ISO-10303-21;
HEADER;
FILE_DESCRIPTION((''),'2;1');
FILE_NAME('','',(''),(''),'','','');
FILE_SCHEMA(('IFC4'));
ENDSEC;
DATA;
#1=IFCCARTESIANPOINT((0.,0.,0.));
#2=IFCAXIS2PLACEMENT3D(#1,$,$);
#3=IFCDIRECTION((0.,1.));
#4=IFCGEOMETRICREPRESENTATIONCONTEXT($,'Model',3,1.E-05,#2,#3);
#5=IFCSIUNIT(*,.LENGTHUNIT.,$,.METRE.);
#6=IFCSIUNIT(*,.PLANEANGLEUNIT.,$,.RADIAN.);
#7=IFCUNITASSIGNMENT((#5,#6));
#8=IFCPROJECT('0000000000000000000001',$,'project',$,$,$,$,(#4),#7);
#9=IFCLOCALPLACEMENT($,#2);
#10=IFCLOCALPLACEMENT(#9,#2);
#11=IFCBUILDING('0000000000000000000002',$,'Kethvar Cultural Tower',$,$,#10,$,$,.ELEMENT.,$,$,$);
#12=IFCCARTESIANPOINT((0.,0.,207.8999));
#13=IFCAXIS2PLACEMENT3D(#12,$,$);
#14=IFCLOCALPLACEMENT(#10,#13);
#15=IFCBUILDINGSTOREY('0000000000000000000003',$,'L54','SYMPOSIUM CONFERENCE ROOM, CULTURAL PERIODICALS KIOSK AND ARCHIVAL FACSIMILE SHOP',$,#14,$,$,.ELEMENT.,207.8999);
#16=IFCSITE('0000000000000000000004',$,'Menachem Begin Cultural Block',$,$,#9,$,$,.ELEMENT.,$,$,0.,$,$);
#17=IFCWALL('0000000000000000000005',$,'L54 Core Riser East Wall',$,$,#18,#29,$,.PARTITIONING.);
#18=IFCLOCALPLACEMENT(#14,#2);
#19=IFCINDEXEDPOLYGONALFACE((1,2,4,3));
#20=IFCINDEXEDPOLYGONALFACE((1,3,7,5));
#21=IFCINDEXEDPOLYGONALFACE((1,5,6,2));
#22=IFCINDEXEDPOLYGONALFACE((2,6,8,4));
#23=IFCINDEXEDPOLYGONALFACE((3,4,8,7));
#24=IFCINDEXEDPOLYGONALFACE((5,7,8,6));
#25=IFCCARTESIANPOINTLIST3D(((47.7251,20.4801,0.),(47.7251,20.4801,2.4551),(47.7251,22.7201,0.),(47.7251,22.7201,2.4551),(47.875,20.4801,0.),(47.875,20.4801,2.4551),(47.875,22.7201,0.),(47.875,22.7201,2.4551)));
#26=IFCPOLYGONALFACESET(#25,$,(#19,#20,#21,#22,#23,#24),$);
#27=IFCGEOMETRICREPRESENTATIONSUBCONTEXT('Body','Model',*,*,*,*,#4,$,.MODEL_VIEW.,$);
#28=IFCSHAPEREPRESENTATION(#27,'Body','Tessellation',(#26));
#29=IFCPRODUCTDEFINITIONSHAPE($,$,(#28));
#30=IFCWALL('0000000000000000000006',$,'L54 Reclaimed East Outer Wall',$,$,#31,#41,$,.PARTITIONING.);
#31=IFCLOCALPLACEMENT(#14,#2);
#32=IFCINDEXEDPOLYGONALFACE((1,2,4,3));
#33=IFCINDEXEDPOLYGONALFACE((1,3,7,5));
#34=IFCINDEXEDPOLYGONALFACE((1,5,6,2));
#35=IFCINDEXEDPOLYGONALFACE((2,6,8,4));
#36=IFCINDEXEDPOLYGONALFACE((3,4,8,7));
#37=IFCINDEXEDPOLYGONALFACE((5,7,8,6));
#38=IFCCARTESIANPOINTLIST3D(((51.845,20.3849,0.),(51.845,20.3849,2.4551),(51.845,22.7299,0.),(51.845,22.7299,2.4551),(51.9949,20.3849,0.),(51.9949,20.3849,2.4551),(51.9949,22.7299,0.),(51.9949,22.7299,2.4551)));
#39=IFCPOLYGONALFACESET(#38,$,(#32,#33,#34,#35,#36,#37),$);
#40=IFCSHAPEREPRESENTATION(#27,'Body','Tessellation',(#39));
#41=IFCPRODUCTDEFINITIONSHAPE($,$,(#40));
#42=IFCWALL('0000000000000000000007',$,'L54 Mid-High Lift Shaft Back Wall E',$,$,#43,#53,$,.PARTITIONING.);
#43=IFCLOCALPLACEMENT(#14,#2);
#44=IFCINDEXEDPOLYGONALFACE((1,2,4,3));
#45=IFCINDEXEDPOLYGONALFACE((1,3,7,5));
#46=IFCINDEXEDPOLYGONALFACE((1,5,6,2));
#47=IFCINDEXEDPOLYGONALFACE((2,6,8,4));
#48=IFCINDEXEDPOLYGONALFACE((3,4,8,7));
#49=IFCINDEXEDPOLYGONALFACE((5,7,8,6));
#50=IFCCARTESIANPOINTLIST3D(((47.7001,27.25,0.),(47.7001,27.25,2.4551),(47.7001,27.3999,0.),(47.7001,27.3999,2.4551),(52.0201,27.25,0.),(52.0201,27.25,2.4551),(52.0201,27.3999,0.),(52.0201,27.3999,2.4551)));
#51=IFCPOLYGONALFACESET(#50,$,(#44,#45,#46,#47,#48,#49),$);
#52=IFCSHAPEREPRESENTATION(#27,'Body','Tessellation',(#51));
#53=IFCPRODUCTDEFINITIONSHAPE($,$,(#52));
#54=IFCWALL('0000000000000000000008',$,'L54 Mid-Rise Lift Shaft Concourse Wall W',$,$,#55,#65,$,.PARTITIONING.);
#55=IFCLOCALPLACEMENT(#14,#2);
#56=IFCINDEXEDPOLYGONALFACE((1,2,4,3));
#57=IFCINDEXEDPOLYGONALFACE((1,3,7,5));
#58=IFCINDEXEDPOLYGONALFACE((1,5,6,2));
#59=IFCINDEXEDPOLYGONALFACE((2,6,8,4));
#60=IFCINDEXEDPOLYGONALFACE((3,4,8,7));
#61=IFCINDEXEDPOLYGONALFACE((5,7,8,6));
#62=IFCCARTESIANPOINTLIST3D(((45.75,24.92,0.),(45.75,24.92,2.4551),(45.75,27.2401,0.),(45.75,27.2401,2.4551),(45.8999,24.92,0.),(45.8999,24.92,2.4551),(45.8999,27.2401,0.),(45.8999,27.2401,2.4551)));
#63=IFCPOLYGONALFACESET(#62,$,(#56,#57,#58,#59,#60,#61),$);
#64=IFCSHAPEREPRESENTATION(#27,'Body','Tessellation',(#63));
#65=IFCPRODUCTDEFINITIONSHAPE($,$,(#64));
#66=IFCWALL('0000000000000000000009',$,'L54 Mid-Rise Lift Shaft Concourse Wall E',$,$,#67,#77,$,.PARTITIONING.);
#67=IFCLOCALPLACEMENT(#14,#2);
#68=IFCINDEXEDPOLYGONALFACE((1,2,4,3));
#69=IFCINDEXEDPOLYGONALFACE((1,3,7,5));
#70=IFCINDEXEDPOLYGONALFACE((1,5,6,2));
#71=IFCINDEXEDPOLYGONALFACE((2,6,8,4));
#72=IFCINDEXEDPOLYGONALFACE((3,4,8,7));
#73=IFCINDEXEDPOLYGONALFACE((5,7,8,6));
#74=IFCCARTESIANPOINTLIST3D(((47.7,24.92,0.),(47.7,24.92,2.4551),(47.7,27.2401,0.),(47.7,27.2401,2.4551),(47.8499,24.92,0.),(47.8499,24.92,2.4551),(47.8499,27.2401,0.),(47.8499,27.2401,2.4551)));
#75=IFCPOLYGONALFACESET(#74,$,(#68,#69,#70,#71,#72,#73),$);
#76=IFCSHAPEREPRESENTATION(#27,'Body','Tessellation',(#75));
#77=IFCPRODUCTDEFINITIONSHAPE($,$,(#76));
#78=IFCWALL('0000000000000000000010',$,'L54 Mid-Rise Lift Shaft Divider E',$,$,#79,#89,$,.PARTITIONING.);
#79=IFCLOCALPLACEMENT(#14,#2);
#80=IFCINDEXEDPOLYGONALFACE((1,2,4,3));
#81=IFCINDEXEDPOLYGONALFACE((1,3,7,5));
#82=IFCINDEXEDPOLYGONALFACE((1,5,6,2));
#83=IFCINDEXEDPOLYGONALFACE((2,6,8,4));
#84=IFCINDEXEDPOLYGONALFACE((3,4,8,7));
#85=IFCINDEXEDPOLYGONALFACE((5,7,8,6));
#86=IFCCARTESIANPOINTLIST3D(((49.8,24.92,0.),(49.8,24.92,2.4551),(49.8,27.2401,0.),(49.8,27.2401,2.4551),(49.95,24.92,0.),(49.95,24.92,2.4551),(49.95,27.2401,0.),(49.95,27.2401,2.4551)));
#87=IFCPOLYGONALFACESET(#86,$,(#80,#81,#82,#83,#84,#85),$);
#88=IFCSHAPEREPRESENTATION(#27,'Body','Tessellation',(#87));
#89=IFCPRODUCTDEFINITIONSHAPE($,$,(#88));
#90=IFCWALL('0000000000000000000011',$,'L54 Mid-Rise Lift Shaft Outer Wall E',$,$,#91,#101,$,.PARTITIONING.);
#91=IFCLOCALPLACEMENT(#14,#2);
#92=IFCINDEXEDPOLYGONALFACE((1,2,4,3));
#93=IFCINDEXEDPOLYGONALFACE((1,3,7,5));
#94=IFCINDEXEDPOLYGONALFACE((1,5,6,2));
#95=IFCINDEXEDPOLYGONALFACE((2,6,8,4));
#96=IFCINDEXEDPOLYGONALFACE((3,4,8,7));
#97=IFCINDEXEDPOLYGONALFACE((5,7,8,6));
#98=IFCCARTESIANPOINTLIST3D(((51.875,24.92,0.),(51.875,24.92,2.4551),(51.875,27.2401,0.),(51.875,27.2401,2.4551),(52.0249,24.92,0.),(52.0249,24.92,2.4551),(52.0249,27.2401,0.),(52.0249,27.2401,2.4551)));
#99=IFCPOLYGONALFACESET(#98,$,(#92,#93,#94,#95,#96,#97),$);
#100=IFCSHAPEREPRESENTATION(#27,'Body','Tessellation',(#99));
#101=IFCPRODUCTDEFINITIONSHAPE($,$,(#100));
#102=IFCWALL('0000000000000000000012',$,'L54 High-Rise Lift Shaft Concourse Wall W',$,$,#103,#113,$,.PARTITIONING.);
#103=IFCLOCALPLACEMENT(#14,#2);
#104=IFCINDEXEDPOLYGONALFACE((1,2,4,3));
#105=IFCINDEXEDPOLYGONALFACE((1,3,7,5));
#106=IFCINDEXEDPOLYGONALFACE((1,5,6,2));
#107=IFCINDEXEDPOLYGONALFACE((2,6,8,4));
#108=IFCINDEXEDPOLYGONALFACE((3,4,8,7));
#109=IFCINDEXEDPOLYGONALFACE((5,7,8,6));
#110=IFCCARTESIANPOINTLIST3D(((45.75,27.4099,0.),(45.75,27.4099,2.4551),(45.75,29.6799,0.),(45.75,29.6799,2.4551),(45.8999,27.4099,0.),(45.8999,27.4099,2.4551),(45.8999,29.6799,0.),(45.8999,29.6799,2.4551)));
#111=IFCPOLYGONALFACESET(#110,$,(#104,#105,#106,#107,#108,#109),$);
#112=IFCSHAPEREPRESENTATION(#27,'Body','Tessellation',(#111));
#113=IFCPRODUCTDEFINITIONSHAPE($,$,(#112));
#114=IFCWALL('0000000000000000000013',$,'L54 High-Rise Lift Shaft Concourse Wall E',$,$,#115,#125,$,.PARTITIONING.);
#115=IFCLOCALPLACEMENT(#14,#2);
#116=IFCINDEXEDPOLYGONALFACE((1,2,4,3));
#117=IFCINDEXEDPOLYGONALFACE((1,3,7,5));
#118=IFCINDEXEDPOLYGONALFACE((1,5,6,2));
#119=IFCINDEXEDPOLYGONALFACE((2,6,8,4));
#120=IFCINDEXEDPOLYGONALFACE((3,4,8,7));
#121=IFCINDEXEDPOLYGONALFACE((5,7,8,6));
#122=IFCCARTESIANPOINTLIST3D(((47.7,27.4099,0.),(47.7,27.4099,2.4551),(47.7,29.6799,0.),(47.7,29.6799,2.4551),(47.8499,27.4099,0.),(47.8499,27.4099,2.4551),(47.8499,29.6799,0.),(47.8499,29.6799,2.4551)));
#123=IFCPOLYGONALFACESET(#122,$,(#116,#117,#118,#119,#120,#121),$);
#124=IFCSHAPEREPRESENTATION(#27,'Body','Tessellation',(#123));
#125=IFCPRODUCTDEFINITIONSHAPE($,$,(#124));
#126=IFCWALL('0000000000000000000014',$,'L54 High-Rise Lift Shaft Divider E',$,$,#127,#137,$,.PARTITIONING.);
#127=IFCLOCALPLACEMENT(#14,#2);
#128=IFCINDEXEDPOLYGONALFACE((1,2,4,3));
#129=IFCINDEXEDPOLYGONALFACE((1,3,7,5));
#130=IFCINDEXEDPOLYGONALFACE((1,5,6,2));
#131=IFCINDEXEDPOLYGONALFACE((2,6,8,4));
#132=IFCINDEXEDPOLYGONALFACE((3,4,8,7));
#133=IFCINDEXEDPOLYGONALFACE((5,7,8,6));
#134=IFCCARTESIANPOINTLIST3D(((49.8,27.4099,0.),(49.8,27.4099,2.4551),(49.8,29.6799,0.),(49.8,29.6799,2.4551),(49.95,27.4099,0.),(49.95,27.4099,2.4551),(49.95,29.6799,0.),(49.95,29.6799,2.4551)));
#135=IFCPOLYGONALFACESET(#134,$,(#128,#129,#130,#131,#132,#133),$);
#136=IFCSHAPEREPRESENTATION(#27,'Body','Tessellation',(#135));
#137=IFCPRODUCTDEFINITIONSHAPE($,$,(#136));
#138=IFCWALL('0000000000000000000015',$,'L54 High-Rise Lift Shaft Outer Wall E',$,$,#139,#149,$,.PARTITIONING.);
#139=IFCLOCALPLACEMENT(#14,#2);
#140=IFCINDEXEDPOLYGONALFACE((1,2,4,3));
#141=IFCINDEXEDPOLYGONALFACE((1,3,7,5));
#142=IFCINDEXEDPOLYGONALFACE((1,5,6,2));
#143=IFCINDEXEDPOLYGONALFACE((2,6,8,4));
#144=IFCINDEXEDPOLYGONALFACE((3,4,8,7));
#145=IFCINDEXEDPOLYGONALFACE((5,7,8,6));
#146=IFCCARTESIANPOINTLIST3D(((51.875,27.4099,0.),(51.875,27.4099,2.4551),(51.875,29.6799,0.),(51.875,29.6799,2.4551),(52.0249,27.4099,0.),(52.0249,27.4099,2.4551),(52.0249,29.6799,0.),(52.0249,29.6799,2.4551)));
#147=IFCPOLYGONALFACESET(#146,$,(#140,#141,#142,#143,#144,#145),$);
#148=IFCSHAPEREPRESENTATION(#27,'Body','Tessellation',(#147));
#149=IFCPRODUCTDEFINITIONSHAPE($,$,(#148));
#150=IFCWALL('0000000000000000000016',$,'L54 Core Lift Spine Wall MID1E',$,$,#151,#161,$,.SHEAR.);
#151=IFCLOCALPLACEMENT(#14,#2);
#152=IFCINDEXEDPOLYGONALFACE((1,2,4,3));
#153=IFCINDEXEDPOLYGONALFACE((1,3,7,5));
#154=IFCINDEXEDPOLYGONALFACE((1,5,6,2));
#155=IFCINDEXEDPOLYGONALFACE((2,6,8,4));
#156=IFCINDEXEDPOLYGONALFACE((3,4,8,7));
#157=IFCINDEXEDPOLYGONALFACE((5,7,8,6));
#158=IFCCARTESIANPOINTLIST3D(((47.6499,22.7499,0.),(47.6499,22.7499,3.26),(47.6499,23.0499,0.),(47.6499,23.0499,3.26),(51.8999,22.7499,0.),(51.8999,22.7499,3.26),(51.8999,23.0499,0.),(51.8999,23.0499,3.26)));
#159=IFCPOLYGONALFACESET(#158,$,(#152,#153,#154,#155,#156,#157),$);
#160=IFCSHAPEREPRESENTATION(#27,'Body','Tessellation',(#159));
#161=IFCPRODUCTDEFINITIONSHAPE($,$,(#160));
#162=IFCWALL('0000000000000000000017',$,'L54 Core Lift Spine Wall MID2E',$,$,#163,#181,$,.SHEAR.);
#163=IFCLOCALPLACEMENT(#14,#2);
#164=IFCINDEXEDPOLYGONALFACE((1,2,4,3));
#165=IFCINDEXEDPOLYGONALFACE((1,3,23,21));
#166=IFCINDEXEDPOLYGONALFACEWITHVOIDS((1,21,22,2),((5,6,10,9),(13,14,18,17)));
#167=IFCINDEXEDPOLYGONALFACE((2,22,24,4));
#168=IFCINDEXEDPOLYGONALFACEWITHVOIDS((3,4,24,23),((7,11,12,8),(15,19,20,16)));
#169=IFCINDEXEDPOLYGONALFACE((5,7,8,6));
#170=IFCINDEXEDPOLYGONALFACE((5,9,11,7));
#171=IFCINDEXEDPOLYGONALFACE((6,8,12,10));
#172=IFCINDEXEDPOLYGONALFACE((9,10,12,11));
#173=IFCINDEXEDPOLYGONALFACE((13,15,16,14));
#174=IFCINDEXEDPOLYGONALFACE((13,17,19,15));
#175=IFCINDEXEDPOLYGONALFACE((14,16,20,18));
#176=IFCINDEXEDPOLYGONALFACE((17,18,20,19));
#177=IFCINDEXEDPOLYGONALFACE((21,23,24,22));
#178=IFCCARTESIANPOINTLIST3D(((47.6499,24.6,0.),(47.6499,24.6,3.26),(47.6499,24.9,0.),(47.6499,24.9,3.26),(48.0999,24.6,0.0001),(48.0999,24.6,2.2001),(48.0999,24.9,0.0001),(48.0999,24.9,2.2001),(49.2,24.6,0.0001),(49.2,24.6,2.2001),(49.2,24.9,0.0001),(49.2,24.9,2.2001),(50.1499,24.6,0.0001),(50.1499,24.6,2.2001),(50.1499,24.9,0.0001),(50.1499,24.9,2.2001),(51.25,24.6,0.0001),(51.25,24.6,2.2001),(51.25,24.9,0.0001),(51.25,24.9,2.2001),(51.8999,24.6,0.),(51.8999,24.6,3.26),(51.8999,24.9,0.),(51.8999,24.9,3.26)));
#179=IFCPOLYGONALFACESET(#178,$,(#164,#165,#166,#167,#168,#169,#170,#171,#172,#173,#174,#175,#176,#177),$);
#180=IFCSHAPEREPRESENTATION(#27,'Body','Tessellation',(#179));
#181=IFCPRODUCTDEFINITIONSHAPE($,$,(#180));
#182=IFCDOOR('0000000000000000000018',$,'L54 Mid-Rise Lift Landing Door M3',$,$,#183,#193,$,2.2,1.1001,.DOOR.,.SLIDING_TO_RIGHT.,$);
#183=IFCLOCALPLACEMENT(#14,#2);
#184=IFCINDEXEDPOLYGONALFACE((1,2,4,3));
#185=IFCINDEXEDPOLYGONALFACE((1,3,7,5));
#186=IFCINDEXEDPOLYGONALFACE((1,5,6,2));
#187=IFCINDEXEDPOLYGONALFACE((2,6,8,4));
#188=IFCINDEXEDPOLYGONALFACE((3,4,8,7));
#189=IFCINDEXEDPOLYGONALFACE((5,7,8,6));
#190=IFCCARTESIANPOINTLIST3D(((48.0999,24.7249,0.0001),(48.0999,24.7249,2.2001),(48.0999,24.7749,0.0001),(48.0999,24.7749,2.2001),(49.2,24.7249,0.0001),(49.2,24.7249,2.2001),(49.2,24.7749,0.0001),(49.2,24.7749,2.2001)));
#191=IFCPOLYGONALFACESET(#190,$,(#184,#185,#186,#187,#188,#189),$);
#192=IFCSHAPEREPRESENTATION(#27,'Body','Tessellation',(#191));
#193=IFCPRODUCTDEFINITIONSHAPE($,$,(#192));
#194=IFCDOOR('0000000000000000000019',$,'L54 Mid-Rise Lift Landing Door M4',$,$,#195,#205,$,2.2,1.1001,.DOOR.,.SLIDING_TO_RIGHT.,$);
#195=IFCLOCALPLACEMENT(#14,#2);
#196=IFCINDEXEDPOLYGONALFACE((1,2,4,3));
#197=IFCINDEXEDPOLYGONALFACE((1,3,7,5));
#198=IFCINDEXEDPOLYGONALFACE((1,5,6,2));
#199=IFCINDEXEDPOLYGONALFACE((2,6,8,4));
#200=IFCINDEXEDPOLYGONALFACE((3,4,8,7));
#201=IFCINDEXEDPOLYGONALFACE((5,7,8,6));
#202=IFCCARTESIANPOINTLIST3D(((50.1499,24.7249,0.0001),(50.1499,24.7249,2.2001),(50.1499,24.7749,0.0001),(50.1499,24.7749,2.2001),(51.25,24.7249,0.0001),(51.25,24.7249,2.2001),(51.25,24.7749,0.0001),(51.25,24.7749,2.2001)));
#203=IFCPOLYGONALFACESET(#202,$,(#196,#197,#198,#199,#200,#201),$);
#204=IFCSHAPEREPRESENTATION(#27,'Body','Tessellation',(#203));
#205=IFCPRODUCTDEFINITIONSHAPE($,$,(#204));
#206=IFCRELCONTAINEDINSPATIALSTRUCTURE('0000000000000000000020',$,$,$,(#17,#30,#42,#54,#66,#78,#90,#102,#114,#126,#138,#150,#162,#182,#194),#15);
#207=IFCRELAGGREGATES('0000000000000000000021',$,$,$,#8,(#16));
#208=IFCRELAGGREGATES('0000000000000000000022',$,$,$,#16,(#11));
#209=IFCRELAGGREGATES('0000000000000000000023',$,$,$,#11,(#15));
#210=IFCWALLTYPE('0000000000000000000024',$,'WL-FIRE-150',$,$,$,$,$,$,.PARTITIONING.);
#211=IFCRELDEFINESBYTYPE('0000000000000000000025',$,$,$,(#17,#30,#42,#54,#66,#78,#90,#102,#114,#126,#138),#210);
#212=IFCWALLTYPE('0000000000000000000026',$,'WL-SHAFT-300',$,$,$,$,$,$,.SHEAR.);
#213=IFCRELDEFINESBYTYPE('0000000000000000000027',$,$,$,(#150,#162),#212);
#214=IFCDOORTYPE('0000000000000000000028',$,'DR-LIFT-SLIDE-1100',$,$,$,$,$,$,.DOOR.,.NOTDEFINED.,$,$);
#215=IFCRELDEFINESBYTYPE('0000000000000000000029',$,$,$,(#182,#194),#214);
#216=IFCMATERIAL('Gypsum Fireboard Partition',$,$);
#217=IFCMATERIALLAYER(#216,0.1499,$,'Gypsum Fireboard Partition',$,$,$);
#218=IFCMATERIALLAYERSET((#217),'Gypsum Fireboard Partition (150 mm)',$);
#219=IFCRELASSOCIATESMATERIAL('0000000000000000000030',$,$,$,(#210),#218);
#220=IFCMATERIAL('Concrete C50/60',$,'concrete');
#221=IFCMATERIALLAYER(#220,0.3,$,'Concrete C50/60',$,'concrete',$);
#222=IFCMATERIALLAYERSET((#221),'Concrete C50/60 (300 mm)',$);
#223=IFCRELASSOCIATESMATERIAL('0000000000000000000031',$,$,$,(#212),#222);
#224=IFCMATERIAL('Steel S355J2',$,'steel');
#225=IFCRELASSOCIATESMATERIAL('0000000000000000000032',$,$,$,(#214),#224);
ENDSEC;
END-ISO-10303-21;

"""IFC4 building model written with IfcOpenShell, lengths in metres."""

from ifc_helpers import new_model, si_unit, direction, frame, frame_2d, origin, place, context, subcontext, project, spatial, rectangle, extrude, source, transform, mapped, material, layer, layer_set, type_object, element, fill, save


model = new_model("IFC4")

# Units and contexts
model_context = context("Model", 3, precision=1e-05, world=origin(), true_north=direction((0.0, 1.0)))
body_context = subcontext(model_context, "Body", "Model", "MODEL_VIEW")
ifc_project = project(units=[si_unit("LENGTHUNIT", "METRE"), si_unit("PLANEANGLEUNIT", "RADIAN")], contexts=[model_context])

# Site, building, storey
site_placement = place(None, origin())
site = spatial("IfcSite", under=ifc_project, at=site_placement, Name="Menachem Begin Cultural Block", CompositionType="ELEMENT", RefElevation=0.0)
building_placement = place(site_placement, origin())
building = spatial("IfcBuilding", under=site, at=building_placement, Name="Kethvar Cultural Tower", CompositionType="ELEMENT")
storey_placement = place(building_placement, frame((0.0, 0.0, 207.8999)))
storey = spatial("IfcBuildingStorey", under=building, at=storey_placement, Name="L54", Description="SYMPOSIUM CONFERENCE ROOM, CULTURAL PERIODICALS KIOSK AND ARCHIVAL FACSIMILE SHOP", CompositionType="ELEMENT", Elevation=207.8999)

# Shared definitions
ifc_material_1 = material(Name="Steel S355J2", Category="steel")

# Walls
ifc_material_2 = material(Name="Gypsum Fireboard Partition")
ifc_layer_1 = layer(ifc_material_2, 0.1499, Name="Gypsum Fireboard Partition")
ifc_layer_set_1 = layer_set([ifc_layer_1], Name="Gypsum Fireboard Partition (150 mm)")
wall_type_1 = type_object("IfcWallType", Name="WL-FIRE-150", PredefinedType="PARTITIONING", material=ifc_layer_set_1)
wall_1_placement = place(storey_placement, frame((47.8, 20.48, 0.0), z_axis=(0.0, 0.0, 1.0), x_axis=(0.0, 1.0, 0.0)))
element("IfcWall", 1, at=wall_1_placement, inside=storey, type_object=wall_type_1, Name="L54 Core Riser East Wall", PredefinedType="PARTITIONING", context=body_context, shape_type="SweptSolid", body=[
    extrude(rectangle(XDim=2.24, YDim=0.1499, at=frame_2d((1.1201, 0.0))), origin(), (0.0, 0.0, 1.0), 2.4551),
])
wall_2_placement = place(storey_placement, frame((51.9199, 20.385, 0.0), z_axis=(0.0, 0.0, 1.0), x_axis=(0.0, 1.0, 0.0)))
element("IfcWall", 2, at=wall_2_placement, inside=storey, type_object=wall_type_1, Name="L54 Reclaimed East Outer Wall", PredefinedType="PARTITIONING", context=body_context, shape_type="SweptSolid", body=[
    extrude(rectangle(XDim=2.345, YDim=0.1499, at=frame_2d((1.1724, 0.0))), origin(), (0.0, 0.0, 1.0), 2.4551),
])
wall_3_placement = place(storey_placement, frame((47.7, 27.325, 0.0), z_axis=(0.0, 0.0, 1.0), x_axis=(1.0, 0.0, 0.0)))
element("IfcWall", 3, at=wall_3_placement, inside=storey, type_object=wall_type_1, Name="L54 Mid-High Lift Shaft Back Wall E", PredefinedType="PARTITIONING", context=body_context, shape_type="SweptSolid", body=[
    extrude(rectangle(XDim=4.3201, YDim=0.1499, at=frame_2d((2.1602, 0.0))), origin(), (0.0, 0.0, 1.0), 2.4551),
])
for number, where, z_axis, x_axis, name in (
    (4, (45.825, 24.9199, 0.0), (0.0, 0.0, 1.0), (0.0, 1.0, 0.0), "L54 Mid-Rise Lift Shaft Concourse Wall W"),
    (5, (47.7749, 24.9199, 0.0), (0.0, 0.0, 1.0), (0.0, 1.0, 0.0), "L54 Mid-Rise Lift Shaft Concourse Wall E"),
    (6, (49.875, 24.9199, 0.0), (0.0, 0.0, 1.0), (0.0, 1.0, 0.0), "L54 Mid-Rise Lift Shaft Divider E"),
    (7, (51.95, 24.9199, 0.0), (0.0, 0.0, 1.0), (0.0, 1.0, 0.0), "L54 Mid-Rise Lift Shaft Outer Wall E"),
):
    element("IfcWall", number, at=place(storey_placement, frame(where, z_axis=z_axis, x_axis=x_axis)), inside=storey, type_object=wall_type_1, Name=name, PredefinedType="PARTITIONING", context=body_context, shape_type="SweptSolid", body=[
        extrude(rectangle(XDim=2.3201, YDim=0.1499, at=frame_2d((1.1602, 0.0))), origin(), (0.0, 0.0, 1.0), 2.4551),
    ])
for number, where, z_axis, x_axis, name in (
    (8, (45.825, 27.4099, 0.0), (0.0, 0.0, 1.0), (0.0, 1.0, 0.0), "L54 High-Rise Lift Shaft Concourse Wall W"),
    (9, (47.7749, 27.4099, 0.0), (0.0, 0.0, 1.0), (0.0, 1.0, 0.0), "L54 High-Rise Lift Shaft Concourse Wall E"),
    (10, (49.875, 27.4099, 0.0), (0.0, 0.0, 1.0), (0.0, 1.0, 0.0), "L54 High-Rise Lift Shaft Divider E"),
    (11, (51.95, 27.4099, 0.0), (0.0, 0.0, 1.0), (0.0, 1.0, 0.0), "L54 High-Rise Lift Shaft Outer Wall E"),
):
    element("IfcWall", number, at=place(storey_placement, frame(where, z_axis=z_axis, x_axis=x_axis)), inside=storey, type_object=wall_type_1, Name=name, PredefinedType="PARTITIONING", context=body_context, shape_type="SweptSolid", body=[
        extrude(rectangle(XDim=2.27, YDim=0.1499, at=frame_2d((1.135, 0.0))), origin(), (0.0, 0.0, 1.0), 2.4551),
    ])
ifc_material_3 = material(Name="Concrete C50/60", Category="concrete")
ifc_layer_2 = layer(ifc_material_3, 0.3, Name="Concrete C50/60", Category="concrete")
ifc_layer_set_2 = layer_set([ifc_layer_2], Name="Concrete C50/60 (300 mm)")
wall_type_2 = type_object("IfcWallType", Name="WL-SHAFT-300", PredefinedType="SHEAR", material=ifc_layer_set_2)
wall_4_placement = place(storey_placement, frame((47.6499, 22.8999, 0.0), z_axis=(0.0, 0.0, 1.0), x_axis=(1.0, 0.0, 0.0)))
element("IfcWall", 12, at=wall_4_placement, inside=storey, type_object=wall_type_2, Name="L54 Core Lift Spine Wall MID1E", PredefinedType="SHEAR", context=body_context, shape_type="SweptSolid", body=[
    extrude(rectangle(XDim=4.25, YDim=0.3, at=frame_2d((2.125, 0.0))), origin(), (0.0, 0.0, 1.0), 3.26),
])

# Wall, openings, doors
wall_5_placement = place(storey_placement, frame((47.6499, 24.75, 0.0), z_axis=(0.0, 0.0, 1.0), x_axis=(1.0, 0.0, 0.0)))
wall_5 = element("IfcWall", 13, at=wall_5_placement, inside=storey, type_object=wall_type_2, Name="L54 Core Lift Spine Wall MID2E", PredefinedType="SHEAR", context=body_context, shape_type="SweptSolid", body=[
    extrude(rectangle(XDim=4.25, YDim=0.3, at=frame_2d((2.125, 0.0))), origin(), (0.0, 0.0, 1.0), 3.26),
])
opening_1_placement = place(wall_5_placement, frame((0.45, 0.0, 0.0)))
opening_1 = element("IfcOpeningElement", 14, at=opening_1_placement, cuts=wall_5, PredefinedType="OPENING", context=body_context, shape_type="SweptSolid", body=[
    extrude(rectangle(XDim=1.1001, YDim=2.2, at=frame_2d((0.55, 1.1001))), frame((0.0, 0.1599, 0.0), z_axis=(0.0, -1.0, 0.0), x_axis=(1.0, 0.0, 0.0)), (0.0, 0.0, 1.0), 0.3201),
])
opening_2_placement = place(wall_5_placement, frame((2.5, 0.0, 0.0)))
opening_2 = element("IfcOpeningElement", 15, at=opening_2_placement, cuts=wall_5, PredefinedType="OPENING", context=body_context, shape_type="SweptSolid", body=[
    extrude(rectangle(XDim=1.1001, YDim=2.2, at=frame_2d((0.55, 1.1001))), frame((0.0, 0.1599, 0.0), z_axis=(0.0, -1.0, 0.0), x_axis=(1.0, 0.0, 0.0)), (0.0, 0.0, 1.0), 0.3201),
])
door_type = type_object("IfcDoorType", Name="DR-LIFT-SLIDE-1100", OperationType="NOTDEFINED", PredefinedType="DOOR", material=ifc_material_1)
shared_shape_1 = source(origin(), body_context, "Body", "SweptSolid", [
    extrude(rectangle(XDim=1.1001, YDim=2.2, at=frame_2d((0.55, 1.1001))), frame((0.0, 0.0249, 0.0), z_axis=(0.0, -1.0, 0.0), x_axis=(1.0, 0.0, 0.0)), (0.0, 0.0, 1.0), 0.05),
])
door_1_placement = place(opening_1_placement, origin())
door_1 = element("IfcDoor", 16, at=door_1_placement, inside=storey, type_object=door_type, Name="L54 Mid-Rise Lift Landing Door M3", OperationType="SLIDING_TO_RIGHT", OverallHeight=2.2, OverallWidth=1.1001, PredefinedType="DOOR", context=body_context, shape_type="MappedRepresentation", body=[
    mapped(shared_shape_1, transform((0.0, 0.0, 0.0), scale=1.0)),
])
fill(opening_1, door_1)
door_2_placement = place(opening_2_placement, origin())
door_2 = element("IfcDoor", 17, at=door_2_placement, inside=storey, type_object=door_type, Name="L54 Mid-Rise Lift Landing Door M4", OperationType="SLIDING_TO_RIGHT", OverallHeight=2.2, OverallWidth=1.1001, PredefinedType="DOOR", context=body_context, shape_type="MappedRepresentation", body=[
    mapped(shared_shape_1, transform((0.0, 0.0, 0.0), scale=1.0)),
])
fill(opening_2, door_2)

save(model, "model.ifc")
